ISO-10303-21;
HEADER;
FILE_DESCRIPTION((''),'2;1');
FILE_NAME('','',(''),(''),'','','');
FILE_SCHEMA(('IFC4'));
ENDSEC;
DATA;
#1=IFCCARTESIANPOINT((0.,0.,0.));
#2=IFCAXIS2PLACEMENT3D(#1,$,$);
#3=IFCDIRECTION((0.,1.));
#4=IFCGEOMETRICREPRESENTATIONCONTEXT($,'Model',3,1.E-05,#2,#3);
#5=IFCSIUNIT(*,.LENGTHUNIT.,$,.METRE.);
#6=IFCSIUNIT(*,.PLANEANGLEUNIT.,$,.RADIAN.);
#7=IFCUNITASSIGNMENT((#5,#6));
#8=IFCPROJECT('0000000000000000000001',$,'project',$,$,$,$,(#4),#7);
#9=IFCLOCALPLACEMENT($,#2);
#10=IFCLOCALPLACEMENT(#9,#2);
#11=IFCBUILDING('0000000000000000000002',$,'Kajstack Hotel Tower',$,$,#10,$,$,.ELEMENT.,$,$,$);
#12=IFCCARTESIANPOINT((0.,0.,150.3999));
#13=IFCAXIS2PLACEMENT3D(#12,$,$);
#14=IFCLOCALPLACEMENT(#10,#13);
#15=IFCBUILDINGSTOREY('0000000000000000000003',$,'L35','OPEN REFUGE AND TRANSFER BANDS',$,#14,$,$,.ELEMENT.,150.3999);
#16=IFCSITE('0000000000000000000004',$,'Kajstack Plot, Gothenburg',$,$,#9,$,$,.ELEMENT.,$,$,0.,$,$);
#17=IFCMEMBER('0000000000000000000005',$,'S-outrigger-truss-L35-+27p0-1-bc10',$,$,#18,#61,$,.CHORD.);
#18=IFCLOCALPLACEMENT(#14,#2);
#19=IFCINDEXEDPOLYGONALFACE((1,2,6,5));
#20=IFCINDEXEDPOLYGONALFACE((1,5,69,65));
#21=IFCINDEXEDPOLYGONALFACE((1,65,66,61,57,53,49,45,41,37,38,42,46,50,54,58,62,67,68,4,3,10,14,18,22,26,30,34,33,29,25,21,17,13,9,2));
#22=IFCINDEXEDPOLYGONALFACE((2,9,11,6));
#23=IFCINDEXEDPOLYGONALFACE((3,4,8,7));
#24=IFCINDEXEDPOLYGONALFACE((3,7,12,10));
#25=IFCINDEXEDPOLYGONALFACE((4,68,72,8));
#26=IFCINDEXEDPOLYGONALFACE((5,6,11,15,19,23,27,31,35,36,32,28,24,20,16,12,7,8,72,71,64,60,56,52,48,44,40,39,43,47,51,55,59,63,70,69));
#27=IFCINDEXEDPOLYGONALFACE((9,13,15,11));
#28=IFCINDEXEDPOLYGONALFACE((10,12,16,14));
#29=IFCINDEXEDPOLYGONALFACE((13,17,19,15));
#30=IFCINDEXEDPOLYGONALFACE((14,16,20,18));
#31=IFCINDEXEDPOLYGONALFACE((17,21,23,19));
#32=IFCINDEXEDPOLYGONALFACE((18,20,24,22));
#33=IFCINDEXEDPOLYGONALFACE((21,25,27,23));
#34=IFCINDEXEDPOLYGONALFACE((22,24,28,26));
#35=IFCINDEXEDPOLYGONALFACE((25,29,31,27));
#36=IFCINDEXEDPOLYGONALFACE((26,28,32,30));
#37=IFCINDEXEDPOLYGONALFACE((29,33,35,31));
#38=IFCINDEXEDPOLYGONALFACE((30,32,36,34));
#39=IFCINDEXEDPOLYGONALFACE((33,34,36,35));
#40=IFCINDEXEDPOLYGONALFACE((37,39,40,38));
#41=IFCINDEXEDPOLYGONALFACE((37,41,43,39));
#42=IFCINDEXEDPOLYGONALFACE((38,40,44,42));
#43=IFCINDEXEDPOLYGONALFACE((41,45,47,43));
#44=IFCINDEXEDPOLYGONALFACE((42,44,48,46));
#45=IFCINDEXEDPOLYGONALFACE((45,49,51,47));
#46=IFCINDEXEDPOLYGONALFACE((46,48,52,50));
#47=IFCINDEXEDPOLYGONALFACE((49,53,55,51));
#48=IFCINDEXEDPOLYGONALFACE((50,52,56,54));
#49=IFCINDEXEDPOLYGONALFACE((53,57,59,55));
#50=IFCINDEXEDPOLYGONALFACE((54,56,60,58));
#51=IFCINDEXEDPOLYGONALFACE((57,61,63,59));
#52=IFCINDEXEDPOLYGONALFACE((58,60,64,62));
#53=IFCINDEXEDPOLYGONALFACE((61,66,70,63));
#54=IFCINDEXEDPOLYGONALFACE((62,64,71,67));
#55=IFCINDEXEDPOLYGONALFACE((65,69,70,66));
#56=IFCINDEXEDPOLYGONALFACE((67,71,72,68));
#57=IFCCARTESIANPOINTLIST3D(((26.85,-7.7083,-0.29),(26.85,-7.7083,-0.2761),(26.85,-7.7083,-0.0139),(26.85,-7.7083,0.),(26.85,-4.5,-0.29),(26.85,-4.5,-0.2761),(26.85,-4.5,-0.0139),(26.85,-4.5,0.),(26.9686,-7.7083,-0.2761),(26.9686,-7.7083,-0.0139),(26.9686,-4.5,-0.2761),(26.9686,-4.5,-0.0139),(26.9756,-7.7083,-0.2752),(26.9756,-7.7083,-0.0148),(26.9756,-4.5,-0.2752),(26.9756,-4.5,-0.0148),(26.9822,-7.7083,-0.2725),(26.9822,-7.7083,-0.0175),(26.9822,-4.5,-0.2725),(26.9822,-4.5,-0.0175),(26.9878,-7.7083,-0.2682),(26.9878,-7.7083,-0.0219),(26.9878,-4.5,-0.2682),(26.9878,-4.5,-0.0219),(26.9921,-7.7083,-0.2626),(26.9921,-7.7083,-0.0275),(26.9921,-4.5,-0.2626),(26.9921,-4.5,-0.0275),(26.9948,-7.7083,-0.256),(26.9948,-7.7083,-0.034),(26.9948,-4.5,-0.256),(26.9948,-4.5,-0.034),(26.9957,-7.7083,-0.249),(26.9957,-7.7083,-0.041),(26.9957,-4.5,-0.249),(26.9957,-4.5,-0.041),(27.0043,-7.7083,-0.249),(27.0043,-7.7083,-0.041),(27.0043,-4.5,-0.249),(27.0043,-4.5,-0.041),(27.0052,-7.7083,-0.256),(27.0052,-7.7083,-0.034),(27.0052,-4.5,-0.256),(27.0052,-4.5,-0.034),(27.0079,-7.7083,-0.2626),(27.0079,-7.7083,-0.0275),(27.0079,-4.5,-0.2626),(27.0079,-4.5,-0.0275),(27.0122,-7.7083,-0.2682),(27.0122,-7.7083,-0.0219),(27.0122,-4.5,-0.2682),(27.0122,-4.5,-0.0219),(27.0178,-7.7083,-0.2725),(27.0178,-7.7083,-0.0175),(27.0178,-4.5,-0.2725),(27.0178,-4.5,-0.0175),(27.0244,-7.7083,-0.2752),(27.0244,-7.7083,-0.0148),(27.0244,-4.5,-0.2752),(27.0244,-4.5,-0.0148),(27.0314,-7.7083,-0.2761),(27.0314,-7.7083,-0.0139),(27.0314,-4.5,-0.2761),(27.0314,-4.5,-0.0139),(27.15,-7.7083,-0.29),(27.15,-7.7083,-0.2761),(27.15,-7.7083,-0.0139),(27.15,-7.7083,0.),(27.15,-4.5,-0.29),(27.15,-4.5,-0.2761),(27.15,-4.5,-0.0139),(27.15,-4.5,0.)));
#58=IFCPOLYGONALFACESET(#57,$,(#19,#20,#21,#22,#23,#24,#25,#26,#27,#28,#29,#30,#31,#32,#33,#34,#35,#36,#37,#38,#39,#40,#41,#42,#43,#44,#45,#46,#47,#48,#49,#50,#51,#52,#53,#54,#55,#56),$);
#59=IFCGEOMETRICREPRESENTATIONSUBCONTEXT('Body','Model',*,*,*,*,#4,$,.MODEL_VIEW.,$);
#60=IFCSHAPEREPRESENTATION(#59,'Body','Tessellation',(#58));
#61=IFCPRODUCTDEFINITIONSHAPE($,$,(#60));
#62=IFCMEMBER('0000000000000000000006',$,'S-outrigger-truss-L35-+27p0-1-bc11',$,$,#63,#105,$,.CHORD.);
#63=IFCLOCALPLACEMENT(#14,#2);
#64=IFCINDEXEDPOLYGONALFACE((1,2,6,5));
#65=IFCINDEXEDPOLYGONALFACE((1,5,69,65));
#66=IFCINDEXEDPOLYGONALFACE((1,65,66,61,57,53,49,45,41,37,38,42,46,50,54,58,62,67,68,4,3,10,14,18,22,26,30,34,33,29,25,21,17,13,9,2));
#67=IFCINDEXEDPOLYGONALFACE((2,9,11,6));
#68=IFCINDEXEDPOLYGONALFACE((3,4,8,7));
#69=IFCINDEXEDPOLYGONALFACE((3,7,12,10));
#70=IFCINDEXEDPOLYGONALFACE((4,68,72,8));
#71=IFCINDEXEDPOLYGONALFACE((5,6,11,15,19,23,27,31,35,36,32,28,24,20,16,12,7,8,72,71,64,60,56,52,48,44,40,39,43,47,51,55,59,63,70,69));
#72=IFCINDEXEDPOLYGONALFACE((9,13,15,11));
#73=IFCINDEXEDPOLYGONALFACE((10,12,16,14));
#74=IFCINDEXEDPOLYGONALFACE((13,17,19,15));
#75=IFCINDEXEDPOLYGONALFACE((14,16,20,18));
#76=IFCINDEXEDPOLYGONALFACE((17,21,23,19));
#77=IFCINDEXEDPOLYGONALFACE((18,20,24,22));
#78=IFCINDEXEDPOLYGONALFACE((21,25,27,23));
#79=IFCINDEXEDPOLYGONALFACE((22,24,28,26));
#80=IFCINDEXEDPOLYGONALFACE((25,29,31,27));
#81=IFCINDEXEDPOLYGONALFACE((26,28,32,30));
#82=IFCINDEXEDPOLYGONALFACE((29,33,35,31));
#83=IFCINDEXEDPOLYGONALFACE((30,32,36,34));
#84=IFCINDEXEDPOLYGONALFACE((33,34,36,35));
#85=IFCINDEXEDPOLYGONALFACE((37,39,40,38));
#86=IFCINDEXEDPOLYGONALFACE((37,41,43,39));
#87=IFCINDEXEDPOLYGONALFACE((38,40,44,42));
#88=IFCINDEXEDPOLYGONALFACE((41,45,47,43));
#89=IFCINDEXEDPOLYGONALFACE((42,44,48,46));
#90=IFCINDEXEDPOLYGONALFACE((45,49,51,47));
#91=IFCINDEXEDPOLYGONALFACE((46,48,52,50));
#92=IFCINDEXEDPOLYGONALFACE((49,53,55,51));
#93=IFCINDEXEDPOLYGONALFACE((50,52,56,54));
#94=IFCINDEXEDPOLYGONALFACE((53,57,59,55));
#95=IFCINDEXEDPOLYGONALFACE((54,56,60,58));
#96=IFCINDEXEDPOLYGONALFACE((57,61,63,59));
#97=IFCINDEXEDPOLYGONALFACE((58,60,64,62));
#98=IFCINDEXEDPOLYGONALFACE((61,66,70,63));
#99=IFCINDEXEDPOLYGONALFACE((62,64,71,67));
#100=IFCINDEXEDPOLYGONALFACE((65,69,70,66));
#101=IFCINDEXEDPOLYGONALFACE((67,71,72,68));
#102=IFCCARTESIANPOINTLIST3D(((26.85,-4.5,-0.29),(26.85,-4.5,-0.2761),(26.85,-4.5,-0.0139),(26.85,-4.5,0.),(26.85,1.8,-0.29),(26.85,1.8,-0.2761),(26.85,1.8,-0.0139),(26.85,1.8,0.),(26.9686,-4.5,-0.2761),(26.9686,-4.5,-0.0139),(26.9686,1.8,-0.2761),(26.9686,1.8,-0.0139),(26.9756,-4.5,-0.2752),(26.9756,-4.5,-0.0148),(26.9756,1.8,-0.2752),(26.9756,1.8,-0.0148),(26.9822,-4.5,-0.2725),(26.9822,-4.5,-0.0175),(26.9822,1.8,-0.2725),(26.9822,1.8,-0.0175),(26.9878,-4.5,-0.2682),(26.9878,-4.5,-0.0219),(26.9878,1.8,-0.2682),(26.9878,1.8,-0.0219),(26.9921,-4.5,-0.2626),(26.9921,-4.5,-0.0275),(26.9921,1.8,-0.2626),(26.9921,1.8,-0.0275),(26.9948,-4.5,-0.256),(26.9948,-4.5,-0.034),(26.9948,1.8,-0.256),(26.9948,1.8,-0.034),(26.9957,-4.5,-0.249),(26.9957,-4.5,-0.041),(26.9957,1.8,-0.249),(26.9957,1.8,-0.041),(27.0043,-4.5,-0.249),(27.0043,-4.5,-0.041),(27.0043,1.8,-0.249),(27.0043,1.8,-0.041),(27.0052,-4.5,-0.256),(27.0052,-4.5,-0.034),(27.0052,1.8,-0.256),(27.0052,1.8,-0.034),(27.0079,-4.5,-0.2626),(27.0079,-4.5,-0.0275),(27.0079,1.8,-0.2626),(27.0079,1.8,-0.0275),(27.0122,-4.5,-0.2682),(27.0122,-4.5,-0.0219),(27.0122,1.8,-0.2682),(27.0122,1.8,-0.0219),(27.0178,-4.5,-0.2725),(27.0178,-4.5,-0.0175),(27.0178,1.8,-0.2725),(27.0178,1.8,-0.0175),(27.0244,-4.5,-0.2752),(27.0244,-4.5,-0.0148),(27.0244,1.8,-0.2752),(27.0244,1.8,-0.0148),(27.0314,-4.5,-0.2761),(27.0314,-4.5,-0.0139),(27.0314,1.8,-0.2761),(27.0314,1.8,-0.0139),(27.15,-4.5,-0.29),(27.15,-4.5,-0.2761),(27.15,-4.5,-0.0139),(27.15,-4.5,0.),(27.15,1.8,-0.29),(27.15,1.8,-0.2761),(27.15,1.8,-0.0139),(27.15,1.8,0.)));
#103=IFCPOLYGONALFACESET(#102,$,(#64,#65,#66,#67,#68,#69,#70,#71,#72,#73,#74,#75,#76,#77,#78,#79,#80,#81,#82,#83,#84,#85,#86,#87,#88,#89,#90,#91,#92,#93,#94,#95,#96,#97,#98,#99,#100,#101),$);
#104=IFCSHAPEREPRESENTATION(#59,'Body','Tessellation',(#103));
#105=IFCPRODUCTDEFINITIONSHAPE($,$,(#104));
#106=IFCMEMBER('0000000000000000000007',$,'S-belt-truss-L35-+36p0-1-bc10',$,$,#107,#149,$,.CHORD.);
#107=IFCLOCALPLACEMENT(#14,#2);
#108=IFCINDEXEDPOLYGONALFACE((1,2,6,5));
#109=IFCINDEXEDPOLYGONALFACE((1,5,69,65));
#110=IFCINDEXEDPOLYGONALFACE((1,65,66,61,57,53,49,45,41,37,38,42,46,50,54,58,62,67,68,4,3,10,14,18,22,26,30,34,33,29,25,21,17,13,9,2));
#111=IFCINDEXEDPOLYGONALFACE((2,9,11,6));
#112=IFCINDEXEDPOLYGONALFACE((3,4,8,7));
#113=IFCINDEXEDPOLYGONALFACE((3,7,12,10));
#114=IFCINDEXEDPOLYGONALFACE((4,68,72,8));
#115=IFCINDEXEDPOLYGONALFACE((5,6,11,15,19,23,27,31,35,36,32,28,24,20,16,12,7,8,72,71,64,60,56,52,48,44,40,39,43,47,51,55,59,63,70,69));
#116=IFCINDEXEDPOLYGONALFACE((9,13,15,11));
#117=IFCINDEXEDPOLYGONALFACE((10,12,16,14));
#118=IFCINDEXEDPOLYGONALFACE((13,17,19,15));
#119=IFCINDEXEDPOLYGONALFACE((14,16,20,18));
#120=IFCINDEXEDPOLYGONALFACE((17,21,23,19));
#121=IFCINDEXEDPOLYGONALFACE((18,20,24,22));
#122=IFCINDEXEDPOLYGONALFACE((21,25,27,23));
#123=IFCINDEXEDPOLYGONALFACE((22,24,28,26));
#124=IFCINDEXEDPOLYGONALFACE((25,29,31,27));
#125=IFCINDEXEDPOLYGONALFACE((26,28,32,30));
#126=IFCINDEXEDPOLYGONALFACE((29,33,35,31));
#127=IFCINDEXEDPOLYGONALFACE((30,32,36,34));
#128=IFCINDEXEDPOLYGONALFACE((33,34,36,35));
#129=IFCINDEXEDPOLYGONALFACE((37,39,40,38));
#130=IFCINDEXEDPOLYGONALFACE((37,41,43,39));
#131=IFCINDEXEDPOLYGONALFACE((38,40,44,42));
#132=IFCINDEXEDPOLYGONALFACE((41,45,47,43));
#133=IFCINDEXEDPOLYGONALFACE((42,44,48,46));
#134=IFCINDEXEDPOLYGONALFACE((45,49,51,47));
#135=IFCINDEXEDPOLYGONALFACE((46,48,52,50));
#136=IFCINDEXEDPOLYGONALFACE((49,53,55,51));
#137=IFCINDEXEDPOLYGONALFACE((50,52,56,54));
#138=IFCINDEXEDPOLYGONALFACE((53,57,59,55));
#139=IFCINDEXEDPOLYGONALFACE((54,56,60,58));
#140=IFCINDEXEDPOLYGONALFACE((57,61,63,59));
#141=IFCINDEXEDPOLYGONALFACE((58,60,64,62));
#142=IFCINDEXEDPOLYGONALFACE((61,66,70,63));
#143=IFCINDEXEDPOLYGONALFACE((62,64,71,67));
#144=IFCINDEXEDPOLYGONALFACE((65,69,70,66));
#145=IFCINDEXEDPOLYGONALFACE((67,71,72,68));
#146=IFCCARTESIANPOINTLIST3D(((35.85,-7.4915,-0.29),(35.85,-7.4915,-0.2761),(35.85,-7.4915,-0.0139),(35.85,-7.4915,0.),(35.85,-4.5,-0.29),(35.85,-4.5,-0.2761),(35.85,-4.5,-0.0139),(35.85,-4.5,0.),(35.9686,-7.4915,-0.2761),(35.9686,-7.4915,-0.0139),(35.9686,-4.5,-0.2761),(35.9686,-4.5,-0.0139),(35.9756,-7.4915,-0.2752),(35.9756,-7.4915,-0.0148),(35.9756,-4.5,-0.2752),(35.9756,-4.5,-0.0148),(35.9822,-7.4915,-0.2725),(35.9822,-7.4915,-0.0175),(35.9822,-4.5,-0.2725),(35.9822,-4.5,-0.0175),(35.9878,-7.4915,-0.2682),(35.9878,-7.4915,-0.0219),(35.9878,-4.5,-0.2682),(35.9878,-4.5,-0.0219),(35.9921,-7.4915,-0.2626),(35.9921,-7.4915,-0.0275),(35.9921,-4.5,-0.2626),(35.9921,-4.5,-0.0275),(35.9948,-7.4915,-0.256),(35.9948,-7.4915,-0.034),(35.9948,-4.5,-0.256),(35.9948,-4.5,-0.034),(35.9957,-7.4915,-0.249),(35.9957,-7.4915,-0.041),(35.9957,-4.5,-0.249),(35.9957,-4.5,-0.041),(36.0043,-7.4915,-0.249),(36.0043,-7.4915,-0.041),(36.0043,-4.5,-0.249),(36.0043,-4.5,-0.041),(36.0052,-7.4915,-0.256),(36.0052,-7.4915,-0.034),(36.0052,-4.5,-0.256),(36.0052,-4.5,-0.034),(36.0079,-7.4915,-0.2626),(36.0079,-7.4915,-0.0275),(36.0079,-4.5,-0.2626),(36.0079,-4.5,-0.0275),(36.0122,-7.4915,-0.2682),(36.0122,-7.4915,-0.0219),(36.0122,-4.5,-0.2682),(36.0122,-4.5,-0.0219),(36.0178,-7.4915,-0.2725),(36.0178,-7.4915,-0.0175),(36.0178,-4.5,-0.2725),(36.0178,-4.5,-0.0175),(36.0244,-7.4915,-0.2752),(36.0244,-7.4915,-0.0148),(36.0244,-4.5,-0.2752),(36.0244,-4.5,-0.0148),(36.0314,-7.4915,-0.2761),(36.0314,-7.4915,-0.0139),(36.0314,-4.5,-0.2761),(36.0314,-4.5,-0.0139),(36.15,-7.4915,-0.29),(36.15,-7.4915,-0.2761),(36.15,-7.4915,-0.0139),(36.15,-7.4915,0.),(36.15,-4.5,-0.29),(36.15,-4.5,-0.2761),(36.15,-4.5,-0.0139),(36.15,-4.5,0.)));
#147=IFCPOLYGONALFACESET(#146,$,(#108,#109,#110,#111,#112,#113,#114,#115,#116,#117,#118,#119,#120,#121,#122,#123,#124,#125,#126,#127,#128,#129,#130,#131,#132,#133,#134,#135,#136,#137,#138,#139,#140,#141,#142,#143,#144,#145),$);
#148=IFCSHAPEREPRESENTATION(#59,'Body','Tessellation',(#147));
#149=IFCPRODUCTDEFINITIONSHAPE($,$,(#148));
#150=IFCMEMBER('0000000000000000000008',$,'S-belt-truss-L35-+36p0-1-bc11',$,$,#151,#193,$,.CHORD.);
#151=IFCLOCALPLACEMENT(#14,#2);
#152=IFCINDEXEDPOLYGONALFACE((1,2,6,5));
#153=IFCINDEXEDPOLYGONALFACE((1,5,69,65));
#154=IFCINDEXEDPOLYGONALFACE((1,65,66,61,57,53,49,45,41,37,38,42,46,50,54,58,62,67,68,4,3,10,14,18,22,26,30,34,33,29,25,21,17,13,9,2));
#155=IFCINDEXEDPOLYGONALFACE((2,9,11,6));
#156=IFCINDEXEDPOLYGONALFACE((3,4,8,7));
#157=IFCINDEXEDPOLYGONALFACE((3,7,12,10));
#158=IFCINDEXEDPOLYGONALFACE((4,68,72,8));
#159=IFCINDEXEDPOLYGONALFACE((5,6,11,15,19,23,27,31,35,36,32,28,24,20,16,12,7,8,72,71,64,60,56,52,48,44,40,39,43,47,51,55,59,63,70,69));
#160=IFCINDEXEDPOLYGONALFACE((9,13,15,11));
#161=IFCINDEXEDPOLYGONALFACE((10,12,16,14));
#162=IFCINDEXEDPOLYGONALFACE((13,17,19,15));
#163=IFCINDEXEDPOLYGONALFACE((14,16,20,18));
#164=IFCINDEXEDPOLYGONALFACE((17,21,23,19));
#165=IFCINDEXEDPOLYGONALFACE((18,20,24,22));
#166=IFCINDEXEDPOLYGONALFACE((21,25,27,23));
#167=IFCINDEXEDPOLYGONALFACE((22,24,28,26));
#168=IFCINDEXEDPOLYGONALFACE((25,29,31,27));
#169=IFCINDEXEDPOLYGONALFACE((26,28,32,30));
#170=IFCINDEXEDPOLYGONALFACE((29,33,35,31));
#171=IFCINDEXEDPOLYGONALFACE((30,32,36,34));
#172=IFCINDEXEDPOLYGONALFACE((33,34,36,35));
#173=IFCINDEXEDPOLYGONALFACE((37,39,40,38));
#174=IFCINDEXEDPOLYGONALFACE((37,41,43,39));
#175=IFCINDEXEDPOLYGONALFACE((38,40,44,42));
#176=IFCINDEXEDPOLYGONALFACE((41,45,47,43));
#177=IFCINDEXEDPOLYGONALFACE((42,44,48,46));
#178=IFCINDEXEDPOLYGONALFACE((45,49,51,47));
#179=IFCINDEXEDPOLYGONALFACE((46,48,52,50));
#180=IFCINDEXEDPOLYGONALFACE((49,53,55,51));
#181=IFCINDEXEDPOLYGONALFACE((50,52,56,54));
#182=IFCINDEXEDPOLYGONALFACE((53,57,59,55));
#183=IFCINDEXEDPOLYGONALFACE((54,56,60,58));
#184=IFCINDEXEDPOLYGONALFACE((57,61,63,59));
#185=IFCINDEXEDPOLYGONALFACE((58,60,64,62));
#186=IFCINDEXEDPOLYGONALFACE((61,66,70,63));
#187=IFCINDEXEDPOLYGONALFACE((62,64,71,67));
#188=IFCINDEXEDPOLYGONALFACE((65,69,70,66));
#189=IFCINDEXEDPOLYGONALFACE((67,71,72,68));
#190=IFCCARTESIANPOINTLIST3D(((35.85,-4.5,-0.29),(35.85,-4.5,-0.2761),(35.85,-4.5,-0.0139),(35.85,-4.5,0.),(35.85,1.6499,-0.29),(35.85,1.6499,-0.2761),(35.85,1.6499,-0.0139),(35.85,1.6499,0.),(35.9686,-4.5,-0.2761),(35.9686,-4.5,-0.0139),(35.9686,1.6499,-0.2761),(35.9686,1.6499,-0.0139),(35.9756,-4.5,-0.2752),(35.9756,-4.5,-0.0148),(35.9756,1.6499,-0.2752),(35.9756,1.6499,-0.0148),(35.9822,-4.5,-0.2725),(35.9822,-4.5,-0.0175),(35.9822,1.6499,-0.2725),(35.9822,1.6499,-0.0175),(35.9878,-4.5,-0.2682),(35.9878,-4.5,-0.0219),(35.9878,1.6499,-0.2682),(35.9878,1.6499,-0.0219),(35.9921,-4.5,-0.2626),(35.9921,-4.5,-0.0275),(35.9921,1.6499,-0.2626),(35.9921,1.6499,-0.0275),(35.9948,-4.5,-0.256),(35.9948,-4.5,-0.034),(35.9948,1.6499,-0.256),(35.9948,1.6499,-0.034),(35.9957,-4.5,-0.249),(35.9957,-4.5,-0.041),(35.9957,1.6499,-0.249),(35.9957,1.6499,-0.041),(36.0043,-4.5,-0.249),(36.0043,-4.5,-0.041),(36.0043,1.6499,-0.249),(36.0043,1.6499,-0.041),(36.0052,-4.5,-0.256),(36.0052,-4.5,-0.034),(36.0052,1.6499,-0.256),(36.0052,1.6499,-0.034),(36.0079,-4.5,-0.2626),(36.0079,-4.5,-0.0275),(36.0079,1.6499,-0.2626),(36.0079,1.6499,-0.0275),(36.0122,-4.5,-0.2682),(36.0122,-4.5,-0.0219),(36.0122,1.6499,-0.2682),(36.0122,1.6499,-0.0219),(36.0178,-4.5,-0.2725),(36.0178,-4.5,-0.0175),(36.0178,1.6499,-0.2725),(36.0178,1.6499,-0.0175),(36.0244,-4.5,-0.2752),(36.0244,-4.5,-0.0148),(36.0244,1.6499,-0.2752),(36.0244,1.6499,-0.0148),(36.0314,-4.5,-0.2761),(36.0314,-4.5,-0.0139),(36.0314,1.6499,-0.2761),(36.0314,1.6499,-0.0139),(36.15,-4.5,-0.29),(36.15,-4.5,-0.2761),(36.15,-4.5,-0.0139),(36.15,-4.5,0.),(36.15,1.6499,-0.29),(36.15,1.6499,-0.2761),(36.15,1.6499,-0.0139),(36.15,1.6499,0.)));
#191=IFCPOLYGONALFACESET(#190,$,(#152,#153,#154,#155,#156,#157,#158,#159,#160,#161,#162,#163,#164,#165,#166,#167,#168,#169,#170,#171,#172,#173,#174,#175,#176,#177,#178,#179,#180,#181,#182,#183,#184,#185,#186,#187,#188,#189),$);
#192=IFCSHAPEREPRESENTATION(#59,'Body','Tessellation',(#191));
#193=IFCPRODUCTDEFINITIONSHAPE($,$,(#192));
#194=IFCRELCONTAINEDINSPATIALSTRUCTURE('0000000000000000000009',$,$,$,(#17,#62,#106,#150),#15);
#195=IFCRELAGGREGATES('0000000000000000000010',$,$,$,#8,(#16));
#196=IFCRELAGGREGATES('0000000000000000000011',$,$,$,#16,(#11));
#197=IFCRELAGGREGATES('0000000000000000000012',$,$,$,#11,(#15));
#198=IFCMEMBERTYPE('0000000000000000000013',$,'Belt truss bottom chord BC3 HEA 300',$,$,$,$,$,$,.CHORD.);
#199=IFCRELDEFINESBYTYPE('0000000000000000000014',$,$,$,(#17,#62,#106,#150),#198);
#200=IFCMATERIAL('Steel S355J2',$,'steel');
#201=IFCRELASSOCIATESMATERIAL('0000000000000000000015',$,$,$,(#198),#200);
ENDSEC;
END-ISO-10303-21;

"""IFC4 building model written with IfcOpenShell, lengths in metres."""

from ifc_helpers import new_model, si_unit, direction, frame, origin, origin_2d, place, context, subcontext, project, spatial, i_section, extrude, material, material_profile, profile_set, type_object, element, save


model = new_model("IFC4")

# Units and contexts
model_context = context("Model", 3, precision=1e-05, world=origin(), true_north=direction((0.0, 1.0)))
body_context = subcontext(model_context, "Body", "Model", "MODEL_VIEW")
ifc_project = project(units=[si_unit("LENGTHUNIT", "METRE"), si_unit("PLANEANGLEUNIT", "RADIAN")], contexts=[model_context])

# Site, building, storey
site_placement = place(None, origin())
site = spatial("IfcSite", under=ifc_project, at=site_placement, Name="Kajstack Plot, Gothenburg", CompositionType="ELEMENT", RefElevation=0.0)
building_placement = place(site_placement, origin())
building = spatial("IfcBuilding", under=site, at=building_placement, Name="Kajstack Hotel Tower", CompositionType="ELEMENT")
storey_placement = place(building_placement, frame((0.0, 0.0, 150.3999)))
storey = spatial("IfcBuildingStorey", under=building, at=storey_placement, Name="L35", Description="OPEN REFUGE AND TRANSFER BANDS", CompositionType="ELEMENT", Elevation=150.3999)

# Members
ifc_material_1 = material(Name="Steel S355J2", Category="steel")
ifc_material_profile_1 = material_profile(ifc_material_1, i_section(OverallWidth=0.3, OverallDepth=0.29, WebThickness=0.0085, FlangeThickness=0.0139, FilletRadius=0.0271, at=origin_2d()), Name="HEA 300")
ifc_profile_set_1 = profile_set([ifc_material_profile_1], Name="Steel S355J2")
member_type_1 = type_object("IfcMemberType", Name="Belt truss bottom chord BC3 HEA 300", PredefinedType="CHORD", material=ifc_profile_set_1)
member_1_placement = place(storey_placement, frame((27.0, -7.7083, -0.145), z_axis=(0.0, 1.0, 0.0), x_axis=(-1.0, 0.0, 0.0)))
element("IfcMember", 1, at=member_1_placement, inside=storey, type_object=member_type_1, Name="S-outrigger-truss-L35-+27p0-1-bc10", PredefinedType="CHORD", context=body_context, shape_type="SweptSolid", body=[
    extrude(i_section(OverallWidth=0.3, OverallDepth=0.29, WebThickness=0.0085, FlangeThickness=0.0139, FilletRadius=0.0271, at=origin_2d()), origin(), (0.0, 0.0, 1.0), 3.2083),
])
member_2_placement = place(storey_placement, frame((27.0, -4.5, -0.145), z_axis=(0.0, 1.0, 0.0), x_axis=(-1.0, 0.0, 0.0)))
element("IfcMember", 2, at=member_2_placement, inside=storey, type_object=member_type_1, Name="S-outrigger-truss-L35-+27p0-1-bc11", PredefinedType="CHORD", context=body_context, shape_type="SweptSolid", body=[
    extrude(i_section(OverallWidth=0.3, OverallDepth=0.29, WebThickness=0.0085, FlangeThickness=0.0139, FilletRadius=0.0271, at=origin_2d()), origin(), (0.0, 0.0, 1.0), 6.3),
])
member_3_placement = place(storey_placement, frame((36.0, -7.4915, -0.145), z_axis=(0.0, 1.0, 0.0), x_axis=(-1.0, 0.0, 0.0)))
element("IfcMember", 3, at=member_3_placement, inside=storey, type_object=member_type_1, Name="S-belt-truss-L35-+36p0-1-bc10", PredefinedType="CHORD", context=body_context, shape_type="SweptSolid", body=[
    extrude(i_section(OverallWidth=0.3, OverallDepth=0.29, WebThickness=0.0085, FlangeThickness=0.0139, FilletRadius=0.0271, at=origin_2d()), origin(), (0.0, 0.0, 1.0), 2.9915),
])
member_4_placement = place(storey_placement, frame((36.0, -4.5, -0.145), z_axis=(0.0, 1.0, 0.0), x_axis=(-1.0, 0.0, 0.0)))
element("IfcMember", 4, at=member_4_placement, inside=storey, type_object=member_type_1, Name="S-belt-truss-L35-+36p0-1-bc11", PredefinedType="CHORD", context=body_context, shape_type="SweptSolid", body=[
    extrude(i_section(OverallWidth=0.3, OverallDepth=0.29, WebThickness=0.0085, FlangeThickness=0.0139, FilletRadius=0.0271, at=origin_2d()), origin(), (0.0, 0.0, 1.0), 6.1499),
])

save(model, "model.ifc")
